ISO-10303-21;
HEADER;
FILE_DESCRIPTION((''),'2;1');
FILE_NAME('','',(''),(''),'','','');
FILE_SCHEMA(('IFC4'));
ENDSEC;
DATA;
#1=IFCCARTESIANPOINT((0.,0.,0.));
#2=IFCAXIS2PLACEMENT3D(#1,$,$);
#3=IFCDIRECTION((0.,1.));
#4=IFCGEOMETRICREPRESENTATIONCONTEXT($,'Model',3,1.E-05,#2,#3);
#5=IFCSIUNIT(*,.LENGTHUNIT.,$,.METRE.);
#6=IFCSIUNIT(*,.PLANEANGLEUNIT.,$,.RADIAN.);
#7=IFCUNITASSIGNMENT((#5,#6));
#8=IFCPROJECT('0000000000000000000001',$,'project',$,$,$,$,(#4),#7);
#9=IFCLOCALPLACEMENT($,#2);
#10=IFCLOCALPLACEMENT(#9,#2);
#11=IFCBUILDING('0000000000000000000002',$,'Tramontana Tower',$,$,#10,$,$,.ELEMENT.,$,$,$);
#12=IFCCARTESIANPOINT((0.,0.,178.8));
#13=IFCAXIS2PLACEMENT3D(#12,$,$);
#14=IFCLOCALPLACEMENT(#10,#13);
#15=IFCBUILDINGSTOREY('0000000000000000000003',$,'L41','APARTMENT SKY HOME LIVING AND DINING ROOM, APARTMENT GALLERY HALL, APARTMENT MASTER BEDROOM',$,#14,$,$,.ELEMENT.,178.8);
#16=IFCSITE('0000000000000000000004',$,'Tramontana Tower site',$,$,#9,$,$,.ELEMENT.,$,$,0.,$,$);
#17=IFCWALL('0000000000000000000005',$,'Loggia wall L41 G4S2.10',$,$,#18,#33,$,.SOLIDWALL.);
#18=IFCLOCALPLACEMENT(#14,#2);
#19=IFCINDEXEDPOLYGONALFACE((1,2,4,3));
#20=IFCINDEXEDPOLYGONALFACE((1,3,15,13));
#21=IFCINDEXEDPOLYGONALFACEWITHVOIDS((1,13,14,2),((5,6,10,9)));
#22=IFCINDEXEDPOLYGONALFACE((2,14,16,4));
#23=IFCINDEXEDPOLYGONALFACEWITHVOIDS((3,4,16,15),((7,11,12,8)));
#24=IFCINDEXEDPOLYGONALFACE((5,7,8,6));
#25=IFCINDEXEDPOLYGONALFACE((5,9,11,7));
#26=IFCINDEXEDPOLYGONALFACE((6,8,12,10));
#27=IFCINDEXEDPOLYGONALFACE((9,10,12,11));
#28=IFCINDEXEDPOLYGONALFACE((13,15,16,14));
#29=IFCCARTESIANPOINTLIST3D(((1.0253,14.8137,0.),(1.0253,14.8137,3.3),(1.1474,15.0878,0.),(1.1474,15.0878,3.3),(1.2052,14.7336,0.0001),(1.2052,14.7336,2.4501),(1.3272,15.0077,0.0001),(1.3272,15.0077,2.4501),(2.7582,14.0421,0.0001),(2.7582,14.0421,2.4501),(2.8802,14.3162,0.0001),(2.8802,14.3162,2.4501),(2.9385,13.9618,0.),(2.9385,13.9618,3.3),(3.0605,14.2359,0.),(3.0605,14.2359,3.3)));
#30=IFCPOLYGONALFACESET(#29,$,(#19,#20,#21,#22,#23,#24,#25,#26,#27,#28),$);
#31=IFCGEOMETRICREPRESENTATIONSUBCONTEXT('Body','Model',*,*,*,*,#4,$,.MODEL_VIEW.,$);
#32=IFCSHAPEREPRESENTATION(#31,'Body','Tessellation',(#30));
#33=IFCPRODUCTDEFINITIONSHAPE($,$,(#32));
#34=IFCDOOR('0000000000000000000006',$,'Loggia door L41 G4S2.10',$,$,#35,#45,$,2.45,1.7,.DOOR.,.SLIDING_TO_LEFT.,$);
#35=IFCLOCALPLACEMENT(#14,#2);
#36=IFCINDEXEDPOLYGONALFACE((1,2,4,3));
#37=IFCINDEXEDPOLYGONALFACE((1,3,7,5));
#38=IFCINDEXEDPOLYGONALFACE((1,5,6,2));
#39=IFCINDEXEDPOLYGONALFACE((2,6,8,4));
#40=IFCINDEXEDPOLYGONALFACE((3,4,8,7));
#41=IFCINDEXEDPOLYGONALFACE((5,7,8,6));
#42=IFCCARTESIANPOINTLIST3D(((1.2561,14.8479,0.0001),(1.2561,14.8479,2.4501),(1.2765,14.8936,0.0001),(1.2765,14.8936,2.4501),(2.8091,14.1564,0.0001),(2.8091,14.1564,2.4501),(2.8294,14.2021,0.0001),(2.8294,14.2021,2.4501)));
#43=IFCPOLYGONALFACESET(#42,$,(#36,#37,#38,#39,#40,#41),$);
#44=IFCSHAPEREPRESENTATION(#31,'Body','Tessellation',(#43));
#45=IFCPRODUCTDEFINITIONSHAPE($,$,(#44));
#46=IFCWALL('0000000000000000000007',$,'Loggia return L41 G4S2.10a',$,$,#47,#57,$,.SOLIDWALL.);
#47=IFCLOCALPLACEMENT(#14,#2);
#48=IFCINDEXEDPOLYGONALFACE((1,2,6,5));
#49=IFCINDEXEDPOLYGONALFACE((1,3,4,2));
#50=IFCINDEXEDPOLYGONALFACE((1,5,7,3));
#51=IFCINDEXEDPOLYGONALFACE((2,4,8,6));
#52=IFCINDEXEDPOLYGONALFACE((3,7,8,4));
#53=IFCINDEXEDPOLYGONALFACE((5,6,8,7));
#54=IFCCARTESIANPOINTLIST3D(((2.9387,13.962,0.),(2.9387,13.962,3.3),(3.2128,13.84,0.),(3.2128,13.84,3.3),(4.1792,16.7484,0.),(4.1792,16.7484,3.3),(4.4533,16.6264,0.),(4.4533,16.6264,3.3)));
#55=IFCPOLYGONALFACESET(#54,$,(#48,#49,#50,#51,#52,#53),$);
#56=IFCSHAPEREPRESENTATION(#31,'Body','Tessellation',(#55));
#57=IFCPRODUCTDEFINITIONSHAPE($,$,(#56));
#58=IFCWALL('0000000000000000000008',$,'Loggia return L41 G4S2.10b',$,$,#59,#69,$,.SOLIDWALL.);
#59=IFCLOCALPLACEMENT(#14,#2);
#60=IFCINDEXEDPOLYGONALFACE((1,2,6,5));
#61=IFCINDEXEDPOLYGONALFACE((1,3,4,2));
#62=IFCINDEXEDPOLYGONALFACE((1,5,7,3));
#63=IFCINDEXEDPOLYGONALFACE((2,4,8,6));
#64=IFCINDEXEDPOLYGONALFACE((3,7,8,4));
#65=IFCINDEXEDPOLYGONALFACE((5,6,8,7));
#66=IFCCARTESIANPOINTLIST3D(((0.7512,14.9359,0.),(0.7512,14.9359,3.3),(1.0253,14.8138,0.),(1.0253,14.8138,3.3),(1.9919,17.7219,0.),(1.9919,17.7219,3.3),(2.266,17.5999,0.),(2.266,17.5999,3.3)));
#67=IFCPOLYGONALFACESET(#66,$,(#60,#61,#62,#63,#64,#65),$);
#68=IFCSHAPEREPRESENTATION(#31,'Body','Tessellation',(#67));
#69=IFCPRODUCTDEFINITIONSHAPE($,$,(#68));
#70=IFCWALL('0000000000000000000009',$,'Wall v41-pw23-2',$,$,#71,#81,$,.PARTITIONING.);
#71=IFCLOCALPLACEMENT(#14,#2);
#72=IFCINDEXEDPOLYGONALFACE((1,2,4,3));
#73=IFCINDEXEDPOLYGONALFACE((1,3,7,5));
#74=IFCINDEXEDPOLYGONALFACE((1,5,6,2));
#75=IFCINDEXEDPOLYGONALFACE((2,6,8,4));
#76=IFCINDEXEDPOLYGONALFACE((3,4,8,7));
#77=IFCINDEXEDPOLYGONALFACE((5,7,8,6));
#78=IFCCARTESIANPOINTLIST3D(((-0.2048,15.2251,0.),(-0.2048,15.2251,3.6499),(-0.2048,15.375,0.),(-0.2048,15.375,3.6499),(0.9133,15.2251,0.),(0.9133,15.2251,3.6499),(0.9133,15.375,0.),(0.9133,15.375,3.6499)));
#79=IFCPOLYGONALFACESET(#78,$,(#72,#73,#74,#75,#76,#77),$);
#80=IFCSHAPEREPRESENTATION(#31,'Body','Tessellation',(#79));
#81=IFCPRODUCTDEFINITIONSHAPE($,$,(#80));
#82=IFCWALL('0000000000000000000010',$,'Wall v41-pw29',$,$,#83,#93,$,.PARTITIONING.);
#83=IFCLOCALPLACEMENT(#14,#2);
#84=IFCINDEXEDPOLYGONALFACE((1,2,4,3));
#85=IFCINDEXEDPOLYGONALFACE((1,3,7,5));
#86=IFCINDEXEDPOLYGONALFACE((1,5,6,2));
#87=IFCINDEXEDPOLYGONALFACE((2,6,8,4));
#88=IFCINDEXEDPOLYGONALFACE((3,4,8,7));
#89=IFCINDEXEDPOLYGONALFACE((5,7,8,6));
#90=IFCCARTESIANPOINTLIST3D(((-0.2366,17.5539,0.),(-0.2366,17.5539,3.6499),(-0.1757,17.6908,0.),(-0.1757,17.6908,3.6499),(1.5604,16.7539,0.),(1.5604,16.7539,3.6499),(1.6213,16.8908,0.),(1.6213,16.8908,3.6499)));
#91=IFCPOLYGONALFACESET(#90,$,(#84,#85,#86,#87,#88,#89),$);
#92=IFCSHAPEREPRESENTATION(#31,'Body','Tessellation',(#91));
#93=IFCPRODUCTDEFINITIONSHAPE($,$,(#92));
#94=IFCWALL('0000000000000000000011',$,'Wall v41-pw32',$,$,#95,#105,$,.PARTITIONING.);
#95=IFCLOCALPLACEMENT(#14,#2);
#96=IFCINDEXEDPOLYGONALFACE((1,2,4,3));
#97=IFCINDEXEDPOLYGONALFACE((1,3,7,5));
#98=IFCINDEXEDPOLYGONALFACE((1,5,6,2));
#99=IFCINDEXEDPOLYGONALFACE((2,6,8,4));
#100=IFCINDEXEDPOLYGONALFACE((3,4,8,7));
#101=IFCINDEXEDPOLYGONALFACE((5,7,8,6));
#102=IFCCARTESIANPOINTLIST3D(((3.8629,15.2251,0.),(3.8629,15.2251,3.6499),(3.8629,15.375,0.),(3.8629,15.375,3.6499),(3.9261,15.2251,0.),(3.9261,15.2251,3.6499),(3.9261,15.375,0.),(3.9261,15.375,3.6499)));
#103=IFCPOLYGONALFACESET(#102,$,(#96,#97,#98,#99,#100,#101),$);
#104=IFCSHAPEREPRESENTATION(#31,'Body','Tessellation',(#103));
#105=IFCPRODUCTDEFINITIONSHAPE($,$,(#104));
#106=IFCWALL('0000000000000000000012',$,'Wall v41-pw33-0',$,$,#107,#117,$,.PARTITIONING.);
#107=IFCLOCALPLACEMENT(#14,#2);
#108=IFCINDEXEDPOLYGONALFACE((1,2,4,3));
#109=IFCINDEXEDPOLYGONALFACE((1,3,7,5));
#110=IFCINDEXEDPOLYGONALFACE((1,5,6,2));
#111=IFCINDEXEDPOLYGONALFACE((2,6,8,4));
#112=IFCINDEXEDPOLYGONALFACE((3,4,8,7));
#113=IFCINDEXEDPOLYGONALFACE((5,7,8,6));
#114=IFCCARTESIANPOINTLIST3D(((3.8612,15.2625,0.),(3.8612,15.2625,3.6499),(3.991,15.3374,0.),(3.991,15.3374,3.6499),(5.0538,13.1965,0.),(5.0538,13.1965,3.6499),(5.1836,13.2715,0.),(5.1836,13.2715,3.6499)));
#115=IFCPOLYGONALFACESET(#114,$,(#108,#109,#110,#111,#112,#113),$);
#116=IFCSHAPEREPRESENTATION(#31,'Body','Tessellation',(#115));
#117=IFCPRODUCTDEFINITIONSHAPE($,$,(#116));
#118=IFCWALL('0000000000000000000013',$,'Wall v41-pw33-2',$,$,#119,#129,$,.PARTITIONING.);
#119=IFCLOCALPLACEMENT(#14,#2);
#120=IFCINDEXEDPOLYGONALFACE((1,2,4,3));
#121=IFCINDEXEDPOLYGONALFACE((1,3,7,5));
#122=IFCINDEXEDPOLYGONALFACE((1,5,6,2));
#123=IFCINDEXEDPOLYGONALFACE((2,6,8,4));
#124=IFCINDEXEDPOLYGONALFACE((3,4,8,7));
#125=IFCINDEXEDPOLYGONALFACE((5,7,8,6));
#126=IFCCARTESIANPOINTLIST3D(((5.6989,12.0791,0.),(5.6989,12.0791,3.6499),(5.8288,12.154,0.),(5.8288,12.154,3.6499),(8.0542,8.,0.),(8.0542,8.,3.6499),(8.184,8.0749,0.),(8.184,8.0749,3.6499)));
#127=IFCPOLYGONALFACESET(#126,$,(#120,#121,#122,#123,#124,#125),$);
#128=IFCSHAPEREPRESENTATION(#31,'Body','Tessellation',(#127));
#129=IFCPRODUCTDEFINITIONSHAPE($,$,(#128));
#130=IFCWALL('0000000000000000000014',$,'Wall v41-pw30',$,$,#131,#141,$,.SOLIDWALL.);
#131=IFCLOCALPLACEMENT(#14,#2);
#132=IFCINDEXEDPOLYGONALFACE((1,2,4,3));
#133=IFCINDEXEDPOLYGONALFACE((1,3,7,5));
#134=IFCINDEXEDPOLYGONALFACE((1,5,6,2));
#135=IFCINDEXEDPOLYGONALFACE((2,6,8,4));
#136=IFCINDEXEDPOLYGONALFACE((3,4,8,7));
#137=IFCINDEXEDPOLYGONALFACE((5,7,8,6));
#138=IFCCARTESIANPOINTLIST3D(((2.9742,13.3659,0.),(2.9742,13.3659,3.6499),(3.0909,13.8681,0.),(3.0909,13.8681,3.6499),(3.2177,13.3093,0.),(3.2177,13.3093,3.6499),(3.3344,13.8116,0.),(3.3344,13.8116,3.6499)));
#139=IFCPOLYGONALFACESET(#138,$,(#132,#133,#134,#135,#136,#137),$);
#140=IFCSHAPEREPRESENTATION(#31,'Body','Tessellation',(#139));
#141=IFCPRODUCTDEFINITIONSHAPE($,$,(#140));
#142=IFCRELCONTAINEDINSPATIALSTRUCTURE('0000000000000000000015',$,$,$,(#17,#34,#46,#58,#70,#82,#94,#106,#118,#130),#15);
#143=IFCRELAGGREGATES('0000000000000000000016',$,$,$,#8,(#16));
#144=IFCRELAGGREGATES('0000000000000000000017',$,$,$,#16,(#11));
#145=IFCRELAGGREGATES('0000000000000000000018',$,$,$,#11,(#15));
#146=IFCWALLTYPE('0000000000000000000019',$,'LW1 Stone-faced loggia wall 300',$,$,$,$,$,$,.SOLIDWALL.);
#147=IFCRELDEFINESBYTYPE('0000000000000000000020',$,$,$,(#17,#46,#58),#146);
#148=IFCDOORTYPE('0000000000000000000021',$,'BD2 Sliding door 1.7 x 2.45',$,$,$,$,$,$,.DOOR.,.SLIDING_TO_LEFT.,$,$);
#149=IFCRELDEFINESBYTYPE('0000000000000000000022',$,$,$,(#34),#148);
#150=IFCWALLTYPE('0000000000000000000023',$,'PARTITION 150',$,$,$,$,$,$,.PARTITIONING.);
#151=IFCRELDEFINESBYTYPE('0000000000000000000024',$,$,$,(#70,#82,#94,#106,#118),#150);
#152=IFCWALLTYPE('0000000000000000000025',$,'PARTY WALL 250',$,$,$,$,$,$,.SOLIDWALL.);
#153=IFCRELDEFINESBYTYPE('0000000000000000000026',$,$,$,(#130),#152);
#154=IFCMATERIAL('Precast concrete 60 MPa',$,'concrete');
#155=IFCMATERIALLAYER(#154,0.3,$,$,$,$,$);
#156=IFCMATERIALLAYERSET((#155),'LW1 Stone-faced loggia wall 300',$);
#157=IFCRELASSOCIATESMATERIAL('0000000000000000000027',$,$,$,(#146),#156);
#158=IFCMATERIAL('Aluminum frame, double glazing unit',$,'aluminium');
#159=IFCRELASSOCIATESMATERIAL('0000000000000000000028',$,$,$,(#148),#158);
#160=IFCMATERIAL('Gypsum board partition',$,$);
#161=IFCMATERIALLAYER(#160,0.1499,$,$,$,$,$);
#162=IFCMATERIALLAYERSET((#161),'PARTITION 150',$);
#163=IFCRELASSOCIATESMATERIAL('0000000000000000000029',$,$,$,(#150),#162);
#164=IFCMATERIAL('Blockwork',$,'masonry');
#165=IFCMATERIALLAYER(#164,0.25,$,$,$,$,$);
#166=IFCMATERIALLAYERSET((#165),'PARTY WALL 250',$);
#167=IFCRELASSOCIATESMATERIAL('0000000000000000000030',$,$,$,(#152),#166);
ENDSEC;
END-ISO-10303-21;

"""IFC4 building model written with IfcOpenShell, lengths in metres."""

from ifc_helpers import new_model, si_unit, direction, frame, frame_2d, origin, place, context, subcontext, project, spatial, rectangle, extrude, material, layer, layer_set, type_object, element, fill, save


model = new_model("IFC4")

# Units and contexts
model_context = context("Model", 3, precision=1e-05, world=origin(), true_north=direction((0.0, 1.0)))
body_context = subcontext(model_context, "Body", "Model", "MODEL_VIEW")
ifc_project = project(units=[si_unit("LENGTHUNIT", "METRE"), si_unit("PLANEANGLEUNIT", "RADIAN")], contexts=[model_context])

# Site, building, storey
site_placement = place(None, origin())
site = spatial("IfcSite", under=ifc_project, at=site_placement, Name="Tramontana Tower site", CompositionType="ELEMENT", RefElevation=0.0)
building_placement = place(site_placement, origin())
building = spatial("IfcBuilding", under=site, at=building_placement, Name="Tramontana Tower", CompositionType="ELEMENT")
storey_placement = place(building_placement, frame((0.0, 0.0, 178.8)))
storey = spatial("IfcBuildingStorey", under=building, at=storey_placement, Name="L41", Description="APARTMENT SKY HOME LIVING AND DINING ROOM, APARTMENT GALLERY HALL, APARTMENT MASTER BEDROOM", CompositionType="ELEMENT", Elevation=178.8)

# Wall, opening, door
ifc_material_1 = material(Name="Precast concrete 60 MPa", Category="concrete")
ifc_layer_1 = layer(ifc_material_1, 0.3)
ifc_layer_set_1 = layer_set([ifc_layer_1], Name="LW1 Stone-faced loggia wall 300")
wall_type_1 = type_object("IfcWallType", Name="LW1 Stone-faced loggia wall 300", PredefinedType="SOLIDWALL", material=ifc_layer_set_1)
wall_1_placement = place(storey_placement, frame((2.9995, 14.0989, 0.0), z_axis=(0.0, 0.0, 1.0), x_axis=(-0.913537, 0.406755, 0.0)))
wall_1 = element("IfcWall", 1, at=wall_1_placement, inside=storey, type_object=wall_type_1, Name="Loggia wall L41 G4S2.10", PredefinedType="SOLIDWALL", context=body_context, shape_type="SweptSolid", body=[
    extrude(rectangle(XDim=2.0942, YDim=0.3, at=frame_2d((1.0471, 0.0))), origin(), (0.0, 0.0, 1.0), 3.3),
])
opening_1_placement = place(wall_1_placement, frame((0.1973, 0.0, 0.0)))
opening_1 = element("IfcOpeningElement", 2, at=opening_1_placement, cuts=wall_1, PredefinedType="OPENING", context=body_context, shape_type="SweptSolid", body=[
    extrude(rectangle(XDim=1.7, YDim=2.45, at=frame_2d((0.8501, 1.2251))), frame((0.0, 0.1599, 0.0), z_axis=(0.0, -1.0, 0.0), x_axis=(1.0, 0.0, 0.0)), (0.0, 0.0, 1.0), 0.3201),
])
ifc_material_2 = material(Name="Aluminum frame, double glazing unit", Category="aluminium")
door_type_1 = type_object("IfcDoorType", Name="BD2 Sliding door 1.7 x 2.45", OperationType="SLIDING_TO_LEFT", PredefinedType="DOOR", material=ifc_material_2)
door_1_placement = place(opening_1_placement, origin())
door_1 = element("IfcDoor", 3, at=door_1_placement, inside=storey, type_object=door_type_1, Name="Loggia door L41 G4S2.10", OperationType="SLIDING_TO_LEFT", OverallHeight=2.45, OverallWidth=1.7, PredefinedType="DOOR", context=body_context, shape_type="SweptSolid", body=[
    extrude(rectangle(XDim=1.7, YDim=2.45, at=frame_2d((0.8501, 1.2251))), frame((0.0, 0.0249, 0.0), z_axis=(0.0, -1.0, 0.0), x_axis=(1.0, 0.0, 0.0)), (0.0, 0.0, 1.0), 0.05),
])
fill(opening_1, door_1)

# Walls
wall_2_placement = place(storey_placement, frame((4.3162, 16.6873, 0.0), z_axis=(0.0, 0.0, 1.0), x_axis=(-0.40671, -0.913557, 0.0)))
element("IfcWall", 4, at=wall_2_placement, inside=storey, type_object=wall_type_1, Name="Loggia return L41 G4S2.10a", PredefinedType="SOLIDWALL", context=body_context, shape_type="SweptSolid", body=[
    extrude(rectangle(XDim=3.05, YDim=0.3, at=frame_2d((1.5249, 0.0))), origin(), (0.0, 0.0, 1.0), 3.3),
])
wall_3_placement = place(storey_placement, frame((2.1289, 17.6609, 0.0), z_axis=(0.0, 0.0, 1.0), x_axis=(-0.406807, -0.913514, 0.0)))
element("IfcWall", 5, at=wall_3_placement, inside=storey, type_object=wall_type_1, Name="Loggia return L41 G4S2.10b", PredefinedType="SOLIDWALL", context=body_context, shape_type="SweptSolid", body=[
    extrude(rectangle(XDim=3.0498, YDim=0.3, at=frame_2d((1.5249, 0.0))), origin(), (0.0, 0.0, 1.0), 3.3),
])
ifc_material_3 = material(Name="Gypsum board partition")
ifc_layer_2 = layer(ifc_material_3, 0.1499)
ifc_layer_set_2 = layer_set([ifc_layer_2], Name="PARTITION 150")
wall_type_2 = type_object("IfcWallType", Name="PARTITION 150", PredefinedType="PARTITIONING", material=ifc_layer_set_2)
wall_4_placement = place(storey_placement, frame((-0.2048, 15.3, 0.0), z_axis=(0.0, 0.0, 1.0), x_axis=(1.0, 0.0, 0.0)))
element("IfcWall", 6, at=wall_4_placement, inside=storey, type_object=wall_type_2, Name="Wall v41-pw23-2", PredefinedType="PARTITIONING", context=body_context, shape_type="SweptSolid", body=[
    extrude(rectangle(XDim=1.1182, YDim=0.1499, at=frame_2d((0.5591, 0.0))), origin(), (0.0, 0.0, 1.0), 3.6499),
])
wall_5_placement = place(storey_placement, frame((-0.2061, 17.6223, 0.0), z_axis=(0.0, 0.0, 1.0), x_axis=(0.913561, -0.406703, 0.0)))
element("IfcWall", 7, at=wall_5_placement, inside=storey, type_object=wall_type_2, Name="Wall v41-pw29", PredefinedType="PARTITIONING", context=body_context, shape_type="SweptSolid", body=[
    extrude(rectangle(XDim=1.967, YDim=0.1499, at=frame_2d((0.9834, 0.0))), origin(), (0.0, 0.0, 1.0), 3.6499),
])
wall_6_placement = place(storey_placement, frame((3.8628, 15.3, 0.0), z_axis=(0.0, 0.0, 1.0), x_axis=(1.0, 0.0, 0.0)))
element("IfcWall", 8, at=wall_6_placement, inside=storey, type_object=wall_type_2, Name="Wall v41-pw32", PredefinedType="PARTITIONING", context=body_context, shape_type="SweptSolid", body=[
    extrude(rectangle(XDim=0.0632, YDim=0.1499, at=frame_2d((0.0317, 0.0))), origin(), (0.0, 0.0, 1.0), 3.6499),
])
wall_7_placement = place(storey_placement, frame((3.926, 15.3, 0.0), z_axis=(0.0, 0.0, 1.0), x_axis=(0.499959, -0.866049, 0.0)))
element("IfcWall", 9, at=wall_7_placement, inside=storey, type_object=wall_type_2, Name="Wall v41-pw33-0", PredefinedType="PARTITIONING", context=body_context, shape_type="SweptSolid", body=[
    extrude(rectangle(XDim=2.3855, YDim=0.1499, at=frame_2d((1.1929, 0.0))), origin(), (0.0, 0.0, 1.0), 3.6499),
])

# Walls
wall_8_placement = place(storey_placement, frame((5.7639, 12.1165, 0.0), z_axis=(0.0, 0.0, 1.0), x_axis=(0.500025, -0.866011, 0.0)))
element("IfcWall", 10, at=wall_8_placement, inside=storey, type_object=wall_type_2, Name="Wall v41-pw33-2", PredefinedType="PARTITIONING", context=body_context, shape_type="SweptSolid", body=[
    extrude(rectangle(XDim=4.7102, YDim=0.1499, at=frame_2d((2.355, 0.0))), origin(), (0.0, 0.0, 1.0), 3.6499),
])
ifc_material_4 = material(Name="Blockwork", Category="masonry")
ifc_layer_3 = layer(ifc_material_4, 0.25)
ifc_layer_set_3 = layer_set([ifc_layer_3], Name="PARTY WALL 250")
wall_type_3 = type_object("IfcWallType", Name="PARTY WALL 250", PredefinedType="SOLIDWALL", material=ifc_layer_set_3)
wall_9_placement = place(storey_placement, frame((3.2126, 13.8398, 0.0), z_axis=(0.0, 0.0, 1.0), x_axis=(-0.226346, -0.974047, 0.0)))
element("IfcWall", 11, at=wall_9_placement, inside=storey, type_object=wall_type_3, Name="Wall v41-pw30", PredefinedType="SOLIDWALL", context=body_context, shape_type="SweptSolid", body=[
    extrude(rectangle(XDim=0.5156, YDim=0.25, at=frame_2d((0.2578, 0.0))), origin(), (0.0, 0.0, 1.0), 3.6499),
])

save(model, "model.ifc")
